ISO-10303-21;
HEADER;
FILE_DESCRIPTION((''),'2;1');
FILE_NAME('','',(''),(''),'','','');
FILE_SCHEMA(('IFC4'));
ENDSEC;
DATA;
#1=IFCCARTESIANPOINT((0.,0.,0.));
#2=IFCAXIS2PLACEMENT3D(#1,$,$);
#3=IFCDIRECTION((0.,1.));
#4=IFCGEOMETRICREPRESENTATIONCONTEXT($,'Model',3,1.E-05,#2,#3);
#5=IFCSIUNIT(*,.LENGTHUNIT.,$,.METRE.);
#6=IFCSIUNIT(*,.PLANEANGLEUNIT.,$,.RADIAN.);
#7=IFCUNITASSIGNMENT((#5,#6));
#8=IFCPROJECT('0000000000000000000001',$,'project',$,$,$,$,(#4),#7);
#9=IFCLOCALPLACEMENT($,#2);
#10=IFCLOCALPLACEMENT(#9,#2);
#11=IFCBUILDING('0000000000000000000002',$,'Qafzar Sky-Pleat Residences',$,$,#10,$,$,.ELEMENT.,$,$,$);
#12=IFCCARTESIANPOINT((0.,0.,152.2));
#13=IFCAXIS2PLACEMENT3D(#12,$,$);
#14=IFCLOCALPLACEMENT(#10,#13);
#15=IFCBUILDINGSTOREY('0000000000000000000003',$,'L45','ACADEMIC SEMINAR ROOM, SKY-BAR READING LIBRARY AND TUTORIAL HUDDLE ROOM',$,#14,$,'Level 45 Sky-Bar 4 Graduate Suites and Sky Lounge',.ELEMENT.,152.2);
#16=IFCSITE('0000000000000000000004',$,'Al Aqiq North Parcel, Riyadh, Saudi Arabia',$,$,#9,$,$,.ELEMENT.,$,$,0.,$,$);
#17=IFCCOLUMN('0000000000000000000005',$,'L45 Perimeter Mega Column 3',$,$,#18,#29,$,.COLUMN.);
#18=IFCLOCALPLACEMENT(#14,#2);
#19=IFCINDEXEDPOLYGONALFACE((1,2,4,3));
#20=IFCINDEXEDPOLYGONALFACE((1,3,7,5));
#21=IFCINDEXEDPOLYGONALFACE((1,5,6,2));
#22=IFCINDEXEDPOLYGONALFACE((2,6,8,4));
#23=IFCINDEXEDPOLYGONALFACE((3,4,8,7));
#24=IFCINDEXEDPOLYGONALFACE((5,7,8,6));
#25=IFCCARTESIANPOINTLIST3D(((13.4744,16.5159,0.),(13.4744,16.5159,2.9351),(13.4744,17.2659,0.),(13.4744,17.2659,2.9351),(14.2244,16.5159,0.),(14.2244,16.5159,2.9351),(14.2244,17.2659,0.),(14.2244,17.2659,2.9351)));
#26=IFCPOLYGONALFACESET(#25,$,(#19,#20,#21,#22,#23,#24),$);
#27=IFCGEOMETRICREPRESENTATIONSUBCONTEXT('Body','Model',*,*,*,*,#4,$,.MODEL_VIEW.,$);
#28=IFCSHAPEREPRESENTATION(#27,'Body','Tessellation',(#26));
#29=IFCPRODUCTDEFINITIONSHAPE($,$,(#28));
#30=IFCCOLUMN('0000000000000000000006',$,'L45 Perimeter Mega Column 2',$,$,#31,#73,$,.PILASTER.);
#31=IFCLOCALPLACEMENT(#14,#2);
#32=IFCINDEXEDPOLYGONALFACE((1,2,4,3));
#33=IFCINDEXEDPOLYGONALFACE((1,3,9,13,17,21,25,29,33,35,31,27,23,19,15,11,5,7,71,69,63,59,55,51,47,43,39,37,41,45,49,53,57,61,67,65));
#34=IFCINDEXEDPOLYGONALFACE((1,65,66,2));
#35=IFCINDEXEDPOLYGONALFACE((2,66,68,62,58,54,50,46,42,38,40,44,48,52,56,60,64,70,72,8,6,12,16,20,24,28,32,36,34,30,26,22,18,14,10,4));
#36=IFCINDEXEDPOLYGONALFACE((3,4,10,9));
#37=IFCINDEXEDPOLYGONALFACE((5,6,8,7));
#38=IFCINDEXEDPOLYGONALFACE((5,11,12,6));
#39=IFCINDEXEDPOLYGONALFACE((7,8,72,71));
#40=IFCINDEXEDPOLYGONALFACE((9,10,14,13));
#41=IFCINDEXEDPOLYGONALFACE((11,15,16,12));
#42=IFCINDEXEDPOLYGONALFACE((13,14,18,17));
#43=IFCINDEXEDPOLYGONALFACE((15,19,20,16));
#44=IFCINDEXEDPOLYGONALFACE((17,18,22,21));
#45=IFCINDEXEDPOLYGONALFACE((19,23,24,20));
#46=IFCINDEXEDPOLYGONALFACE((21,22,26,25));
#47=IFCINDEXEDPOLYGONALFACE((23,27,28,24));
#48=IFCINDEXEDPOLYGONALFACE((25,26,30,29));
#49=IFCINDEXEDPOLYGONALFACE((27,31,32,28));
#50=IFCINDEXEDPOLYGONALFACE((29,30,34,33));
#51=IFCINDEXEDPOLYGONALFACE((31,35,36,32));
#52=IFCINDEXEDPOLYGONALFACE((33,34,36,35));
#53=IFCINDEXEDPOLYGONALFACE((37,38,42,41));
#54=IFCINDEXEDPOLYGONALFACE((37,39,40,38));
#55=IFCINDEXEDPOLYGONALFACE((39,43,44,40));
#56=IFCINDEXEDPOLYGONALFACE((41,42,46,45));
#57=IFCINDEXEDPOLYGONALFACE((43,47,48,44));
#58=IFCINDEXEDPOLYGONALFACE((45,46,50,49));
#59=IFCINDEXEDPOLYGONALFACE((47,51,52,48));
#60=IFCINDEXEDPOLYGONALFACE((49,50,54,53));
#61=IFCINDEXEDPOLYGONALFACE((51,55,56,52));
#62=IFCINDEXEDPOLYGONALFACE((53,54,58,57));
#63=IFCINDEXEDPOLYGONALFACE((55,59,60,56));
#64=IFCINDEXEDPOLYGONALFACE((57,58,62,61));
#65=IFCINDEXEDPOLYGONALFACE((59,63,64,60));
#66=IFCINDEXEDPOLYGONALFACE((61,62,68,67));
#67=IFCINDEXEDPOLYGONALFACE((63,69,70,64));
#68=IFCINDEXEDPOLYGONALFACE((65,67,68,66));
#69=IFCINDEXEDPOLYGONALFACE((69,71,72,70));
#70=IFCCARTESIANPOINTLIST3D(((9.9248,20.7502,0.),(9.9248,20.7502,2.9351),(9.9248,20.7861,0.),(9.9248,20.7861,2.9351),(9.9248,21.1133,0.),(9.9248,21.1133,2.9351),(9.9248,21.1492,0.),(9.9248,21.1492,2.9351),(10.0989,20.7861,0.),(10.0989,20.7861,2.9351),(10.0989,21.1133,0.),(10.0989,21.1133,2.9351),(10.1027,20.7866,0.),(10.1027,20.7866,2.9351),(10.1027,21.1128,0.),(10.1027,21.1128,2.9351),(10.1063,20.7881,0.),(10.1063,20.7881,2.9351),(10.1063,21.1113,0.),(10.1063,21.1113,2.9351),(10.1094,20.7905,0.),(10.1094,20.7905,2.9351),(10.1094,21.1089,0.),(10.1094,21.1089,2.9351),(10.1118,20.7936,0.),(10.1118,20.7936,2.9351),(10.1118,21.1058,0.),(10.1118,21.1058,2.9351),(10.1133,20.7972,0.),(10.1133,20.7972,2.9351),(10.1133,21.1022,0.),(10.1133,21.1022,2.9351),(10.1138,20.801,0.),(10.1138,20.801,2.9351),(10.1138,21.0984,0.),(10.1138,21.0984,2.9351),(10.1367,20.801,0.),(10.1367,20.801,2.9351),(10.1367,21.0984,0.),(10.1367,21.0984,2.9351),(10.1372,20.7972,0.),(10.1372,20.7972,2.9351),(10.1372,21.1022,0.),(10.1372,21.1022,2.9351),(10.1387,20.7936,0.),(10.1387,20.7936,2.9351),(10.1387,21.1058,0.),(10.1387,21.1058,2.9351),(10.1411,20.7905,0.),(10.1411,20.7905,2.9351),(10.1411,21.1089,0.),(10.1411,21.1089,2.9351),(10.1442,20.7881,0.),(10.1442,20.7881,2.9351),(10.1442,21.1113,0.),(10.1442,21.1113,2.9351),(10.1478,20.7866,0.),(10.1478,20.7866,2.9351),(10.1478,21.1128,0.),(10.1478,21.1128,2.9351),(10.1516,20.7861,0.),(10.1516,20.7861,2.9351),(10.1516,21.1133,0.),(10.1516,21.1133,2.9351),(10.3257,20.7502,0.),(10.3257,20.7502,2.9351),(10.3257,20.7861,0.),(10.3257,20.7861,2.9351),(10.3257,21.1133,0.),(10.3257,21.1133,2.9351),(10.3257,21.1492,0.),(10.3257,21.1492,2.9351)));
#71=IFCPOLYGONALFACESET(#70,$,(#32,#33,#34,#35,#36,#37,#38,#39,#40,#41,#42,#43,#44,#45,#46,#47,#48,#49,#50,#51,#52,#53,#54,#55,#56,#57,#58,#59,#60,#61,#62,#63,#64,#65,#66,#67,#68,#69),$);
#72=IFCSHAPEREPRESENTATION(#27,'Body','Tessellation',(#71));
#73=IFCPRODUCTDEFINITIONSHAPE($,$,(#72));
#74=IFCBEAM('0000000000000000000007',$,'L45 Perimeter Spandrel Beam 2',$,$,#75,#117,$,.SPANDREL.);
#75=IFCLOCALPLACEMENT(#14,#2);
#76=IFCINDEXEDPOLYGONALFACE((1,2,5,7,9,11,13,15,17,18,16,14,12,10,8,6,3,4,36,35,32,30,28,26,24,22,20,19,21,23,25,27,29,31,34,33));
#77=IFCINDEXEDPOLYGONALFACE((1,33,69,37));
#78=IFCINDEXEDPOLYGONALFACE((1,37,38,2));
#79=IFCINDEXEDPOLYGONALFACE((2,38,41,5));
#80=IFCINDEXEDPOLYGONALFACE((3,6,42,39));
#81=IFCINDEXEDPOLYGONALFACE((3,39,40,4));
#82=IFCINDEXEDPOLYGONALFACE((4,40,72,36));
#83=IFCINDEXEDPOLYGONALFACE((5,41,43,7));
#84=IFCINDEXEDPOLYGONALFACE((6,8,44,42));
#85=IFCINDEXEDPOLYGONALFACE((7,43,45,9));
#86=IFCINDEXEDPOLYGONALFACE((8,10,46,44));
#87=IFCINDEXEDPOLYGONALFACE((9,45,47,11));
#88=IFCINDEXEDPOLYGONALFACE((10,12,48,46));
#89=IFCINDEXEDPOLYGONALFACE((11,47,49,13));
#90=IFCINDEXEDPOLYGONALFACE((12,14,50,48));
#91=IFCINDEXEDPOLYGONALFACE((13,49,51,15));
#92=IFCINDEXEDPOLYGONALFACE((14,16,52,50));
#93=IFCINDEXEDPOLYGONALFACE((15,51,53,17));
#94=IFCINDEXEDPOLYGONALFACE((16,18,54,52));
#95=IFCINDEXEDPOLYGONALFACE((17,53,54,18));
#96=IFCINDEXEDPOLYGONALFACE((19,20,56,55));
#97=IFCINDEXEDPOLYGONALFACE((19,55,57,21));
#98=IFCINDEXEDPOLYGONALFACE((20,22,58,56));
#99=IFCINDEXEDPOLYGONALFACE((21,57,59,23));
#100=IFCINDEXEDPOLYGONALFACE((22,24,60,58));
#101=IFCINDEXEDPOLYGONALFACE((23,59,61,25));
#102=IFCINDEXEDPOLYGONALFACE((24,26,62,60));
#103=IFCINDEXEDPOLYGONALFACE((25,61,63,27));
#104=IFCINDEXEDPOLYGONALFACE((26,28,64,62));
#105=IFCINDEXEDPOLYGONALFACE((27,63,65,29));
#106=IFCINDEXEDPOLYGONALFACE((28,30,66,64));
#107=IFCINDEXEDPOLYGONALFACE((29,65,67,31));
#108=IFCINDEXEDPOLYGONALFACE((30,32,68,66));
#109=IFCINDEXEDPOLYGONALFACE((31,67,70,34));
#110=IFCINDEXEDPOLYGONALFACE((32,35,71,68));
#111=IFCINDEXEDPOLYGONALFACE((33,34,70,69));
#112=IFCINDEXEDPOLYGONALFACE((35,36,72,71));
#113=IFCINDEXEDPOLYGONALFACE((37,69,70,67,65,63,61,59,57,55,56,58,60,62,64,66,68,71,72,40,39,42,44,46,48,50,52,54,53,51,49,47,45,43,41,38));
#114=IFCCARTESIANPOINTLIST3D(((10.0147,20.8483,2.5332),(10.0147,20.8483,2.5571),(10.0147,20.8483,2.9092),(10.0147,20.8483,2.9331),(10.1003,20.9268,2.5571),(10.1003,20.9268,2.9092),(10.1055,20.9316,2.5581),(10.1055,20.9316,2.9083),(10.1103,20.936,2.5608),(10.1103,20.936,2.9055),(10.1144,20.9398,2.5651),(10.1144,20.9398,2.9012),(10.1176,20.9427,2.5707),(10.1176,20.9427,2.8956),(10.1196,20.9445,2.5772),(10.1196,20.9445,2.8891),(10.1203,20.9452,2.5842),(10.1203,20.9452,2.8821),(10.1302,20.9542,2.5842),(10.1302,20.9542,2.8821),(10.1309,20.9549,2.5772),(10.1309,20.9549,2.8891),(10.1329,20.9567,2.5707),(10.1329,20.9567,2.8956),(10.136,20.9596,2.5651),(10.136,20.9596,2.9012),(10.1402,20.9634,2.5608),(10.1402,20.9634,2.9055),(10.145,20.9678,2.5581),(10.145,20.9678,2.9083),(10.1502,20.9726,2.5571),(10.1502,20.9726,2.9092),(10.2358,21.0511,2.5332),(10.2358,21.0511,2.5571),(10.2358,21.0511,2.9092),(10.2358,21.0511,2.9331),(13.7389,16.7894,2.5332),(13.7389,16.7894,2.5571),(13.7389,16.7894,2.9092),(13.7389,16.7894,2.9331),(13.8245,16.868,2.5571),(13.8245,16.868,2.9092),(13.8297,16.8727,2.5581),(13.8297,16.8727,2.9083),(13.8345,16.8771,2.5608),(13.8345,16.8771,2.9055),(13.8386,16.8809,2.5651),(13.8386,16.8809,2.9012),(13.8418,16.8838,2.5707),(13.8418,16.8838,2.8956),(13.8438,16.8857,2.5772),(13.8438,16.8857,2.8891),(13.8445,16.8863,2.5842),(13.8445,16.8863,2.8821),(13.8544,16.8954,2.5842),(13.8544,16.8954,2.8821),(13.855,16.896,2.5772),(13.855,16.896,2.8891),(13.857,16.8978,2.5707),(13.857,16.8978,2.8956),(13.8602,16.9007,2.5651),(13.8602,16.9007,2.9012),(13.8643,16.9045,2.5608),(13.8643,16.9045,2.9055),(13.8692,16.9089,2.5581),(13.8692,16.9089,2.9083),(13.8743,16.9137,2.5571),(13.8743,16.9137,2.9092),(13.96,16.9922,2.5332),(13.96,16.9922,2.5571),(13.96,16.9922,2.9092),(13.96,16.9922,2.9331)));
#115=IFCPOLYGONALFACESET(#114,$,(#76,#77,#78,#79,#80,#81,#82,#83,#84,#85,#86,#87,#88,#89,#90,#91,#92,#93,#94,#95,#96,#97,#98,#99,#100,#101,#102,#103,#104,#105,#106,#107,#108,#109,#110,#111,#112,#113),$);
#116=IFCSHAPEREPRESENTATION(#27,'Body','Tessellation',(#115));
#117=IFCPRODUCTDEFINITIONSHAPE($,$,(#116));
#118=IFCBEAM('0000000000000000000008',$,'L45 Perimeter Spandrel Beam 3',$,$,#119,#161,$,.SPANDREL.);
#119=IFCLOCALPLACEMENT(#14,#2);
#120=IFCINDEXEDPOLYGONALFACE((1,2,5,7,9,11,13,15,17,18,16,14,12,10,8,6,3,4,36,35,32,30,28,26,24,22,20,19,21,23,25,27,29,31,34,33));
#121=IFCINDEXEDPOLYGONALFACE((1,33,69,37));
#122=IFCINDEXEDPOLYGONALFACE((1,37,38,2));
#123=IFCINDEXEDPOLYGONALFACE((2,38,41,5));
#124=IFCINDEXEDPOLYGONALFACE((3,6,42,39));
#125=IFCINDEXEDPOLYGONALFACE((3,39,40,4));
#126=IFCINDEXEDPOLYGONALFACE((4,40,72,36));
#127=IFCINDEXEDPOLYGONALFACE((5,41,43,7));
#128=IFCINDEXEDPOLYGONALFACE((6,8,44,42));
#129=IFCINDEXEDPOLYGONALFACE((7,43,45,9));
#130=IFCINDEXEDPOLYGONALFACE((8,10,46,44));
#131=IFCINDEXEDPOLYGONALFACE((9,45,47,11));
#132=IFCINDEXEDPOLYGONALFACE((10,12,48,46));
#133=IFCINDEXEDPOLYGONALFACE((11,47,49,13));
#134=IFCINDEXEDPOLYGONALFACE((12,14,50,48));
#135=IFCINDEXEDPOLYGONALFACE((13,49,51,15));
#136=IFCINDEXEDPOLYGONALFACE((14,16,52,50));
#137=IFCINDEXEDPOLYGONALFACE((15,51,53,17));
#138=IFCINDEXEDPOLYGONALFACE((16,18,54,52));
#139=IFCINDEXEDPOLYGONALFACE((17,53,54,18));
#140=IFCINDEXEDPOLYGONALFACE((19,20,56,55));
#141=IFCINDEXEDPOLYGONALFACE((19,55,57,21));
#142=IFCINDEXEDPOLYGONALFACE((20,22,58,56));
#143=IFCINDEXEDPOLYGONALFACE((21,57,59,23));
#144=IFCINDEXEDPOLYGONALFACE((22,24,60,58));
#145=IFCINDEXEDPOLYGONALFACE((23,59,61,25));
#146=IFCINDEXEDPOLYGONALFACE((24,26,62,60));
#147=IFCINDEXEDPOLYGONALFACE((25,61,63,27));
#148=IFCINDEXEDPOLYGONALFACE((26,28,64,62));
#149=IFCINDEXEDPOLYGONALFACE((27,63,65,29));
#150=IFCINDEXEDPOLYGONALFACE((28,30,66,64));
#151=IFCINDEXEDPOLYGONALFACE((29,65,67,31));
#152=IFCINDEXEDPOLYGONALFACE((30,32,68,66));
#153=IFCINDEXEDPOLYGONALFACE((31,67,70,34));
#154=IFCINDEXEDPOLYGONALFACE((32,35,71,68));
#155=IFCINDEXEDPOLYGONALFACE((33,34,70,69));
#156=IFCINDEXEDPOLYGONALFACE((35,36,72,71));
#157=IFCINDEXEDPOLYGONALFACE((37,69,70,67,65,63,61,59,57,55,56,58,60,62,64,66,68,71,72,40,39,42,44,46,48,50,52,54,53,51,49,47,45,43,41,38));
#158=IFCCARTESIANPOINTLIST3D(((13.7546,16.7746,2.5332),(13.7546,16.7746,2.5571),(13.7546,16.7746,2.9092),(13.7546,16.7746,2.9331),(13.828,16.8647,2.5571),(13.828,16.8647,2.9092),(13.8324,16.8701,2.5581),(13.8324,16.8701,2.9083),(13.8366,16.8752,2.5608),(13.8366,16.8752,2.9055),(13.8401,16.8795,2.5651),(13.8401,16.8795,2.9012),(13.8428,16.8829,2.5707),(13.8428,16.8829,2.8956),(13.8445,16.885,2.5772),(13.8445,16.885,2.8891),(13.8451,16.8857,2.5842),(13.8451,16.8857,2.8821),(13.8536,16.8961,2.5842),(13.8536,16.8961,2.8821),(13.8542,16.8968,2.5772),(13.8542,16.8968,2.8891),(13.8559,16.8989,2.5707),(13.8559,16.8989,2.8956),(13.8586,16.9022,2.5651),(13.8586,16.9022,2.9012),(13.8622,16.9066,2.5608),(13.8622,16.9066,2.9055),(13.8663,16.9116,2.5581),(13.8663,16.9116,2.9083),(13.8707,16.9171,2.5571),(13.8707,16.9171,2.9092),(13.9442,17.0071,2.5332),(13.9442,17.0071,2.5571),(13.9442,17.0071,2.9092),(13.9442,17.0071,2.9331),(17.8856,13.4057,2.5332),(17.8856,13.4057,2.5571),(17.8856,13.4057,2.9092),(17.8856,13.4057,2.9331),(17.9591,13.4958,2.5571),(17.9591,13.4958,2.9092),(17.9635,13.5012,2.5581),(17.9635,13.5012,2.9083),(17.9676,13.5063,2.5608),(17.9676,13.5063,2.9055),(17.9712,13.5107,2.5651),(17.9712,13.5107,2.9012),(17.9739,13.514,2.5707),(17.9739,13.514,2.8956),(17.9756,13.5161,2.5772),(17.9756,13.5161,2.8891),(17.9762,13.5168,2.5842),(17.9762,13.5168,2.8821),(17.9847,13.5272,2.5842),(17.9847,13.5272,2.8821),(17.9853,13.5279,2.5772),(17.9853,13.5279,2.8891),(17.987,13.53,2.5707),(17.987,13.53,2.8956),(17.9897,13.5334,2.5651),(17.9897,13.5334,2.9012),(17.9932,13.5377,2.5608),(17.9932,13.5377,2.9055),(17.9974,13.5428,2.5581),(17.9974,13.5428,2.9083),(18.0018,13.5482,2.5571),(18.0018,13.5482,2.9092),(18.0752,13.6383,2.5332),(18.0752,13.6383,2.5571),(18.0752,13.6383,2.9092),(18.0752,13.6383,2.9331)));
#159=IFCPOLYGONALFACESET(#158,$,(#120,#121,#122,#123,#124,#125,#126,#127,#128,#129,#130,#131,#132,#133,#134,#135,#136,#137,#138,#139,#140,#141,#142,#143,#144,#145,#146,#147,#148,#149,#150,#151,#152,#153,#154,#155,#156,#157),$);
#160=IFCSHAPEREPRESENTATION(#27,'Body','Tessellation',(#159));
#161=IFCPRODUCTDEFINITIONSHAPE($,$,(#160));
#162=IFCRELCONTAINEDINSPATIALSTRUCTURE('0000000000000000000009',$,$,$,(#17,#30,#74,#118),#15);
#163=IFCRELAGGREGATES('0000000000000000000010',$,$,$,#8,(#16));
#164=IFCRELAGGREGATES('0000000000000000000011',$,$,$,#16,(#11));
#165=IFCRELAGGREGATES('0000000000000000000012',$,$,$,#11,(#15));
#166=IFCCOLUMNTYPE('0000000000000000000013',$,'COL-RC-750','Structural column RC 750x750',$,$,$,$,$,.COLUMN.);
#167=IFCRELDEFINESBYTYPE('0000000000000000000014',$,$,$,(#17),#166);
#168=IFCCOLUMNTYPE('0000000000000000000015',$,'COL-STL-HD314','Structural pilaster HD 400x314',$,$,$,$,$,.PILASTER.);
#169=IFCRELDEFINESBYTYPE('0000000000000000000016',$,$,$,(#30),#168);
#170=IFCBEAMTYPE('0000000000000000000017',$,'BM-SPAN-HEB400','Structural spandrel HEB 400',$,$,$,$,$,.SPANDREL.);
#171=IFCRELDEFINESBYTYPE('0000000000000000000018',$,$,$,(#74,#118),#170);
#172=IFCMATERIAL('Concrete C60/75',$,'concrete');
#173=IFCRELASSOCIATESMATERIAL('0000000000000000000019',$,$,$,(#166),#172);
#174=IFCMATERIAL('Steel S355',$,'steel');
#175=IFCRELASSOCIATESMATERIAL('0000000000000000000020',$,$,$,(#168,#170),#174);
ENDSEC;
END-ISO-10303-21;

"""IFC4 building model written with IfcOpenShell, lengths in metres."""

from ifc_helpers import new_model, si_unit, direction, frame, origin, origin_2d, place, context, subcontext, project, spatial, rectangle, i_section, extrude, source, transform, mapped, material, material_profile, profile_set, type_object, element, save


model = new_model("IFC4")

# Units and contexts
model_context = context("Model", 3, precision=1e-05, world=origin(), true_north=direction((0.0, 1.0)))
body_context = subcontext(model_context, "Body", "Model", "MODEL_VIEW")
ifc_project = project(units=[si_unit("LENGTHUNIT", "METRE"), si_unit("PLANEANGLEUNIT", "RADIAN")], contexts=[model_context])

# Site, building, storey
site_placement = place(None, origin())
site = spatial("IfcSite", under=ifc_project, at=site_placement, Name="Al Aqiq North Parcel, Riyadh, Saudi Arabia", CompositionType="ELEMENT", RefElevation=0.0)
building_placement = place(site_placement, origin())
building = spatial("IfcBuilding", under=site, at=building_placement, Name="Qafzar Sky-Pleat Residences", CompositionType="ELEMENT")
storey_placement = place(building_placement, frame((0.0, 0.0, 152.2)))
storey = spatial("IfcBuildingStorey", under=building, at=storey_placement, Name="L45", Description="ACADEMIC SEMINAR ROOM, SKY-BAR READING LIBRARY AND TUTORIAL HUDDLE ROOM", LongName="Level 45 Sky-Bar 4 Graduate Suites and Sky Lounge", CompositionType="ELEMENT", Elevation=152.2)

# Columns
ifc_material_1 = material(Name="Concrete C60/75", Category="concrete")
ifc_material_profile_1 = material_profile(ifc_material_1, rectangle(XDim=0.75, YDim=0.75, at=origin_2d()), Name="RC 750x750")
ifc_profile_set_1 = profile_set([ifc_material_profile_1], Name="Concrete C60/75")
column_type_1 = type_object("IfcColumnType", Name="COL-RC-750", Description="Structural column RC 750x750", PredefinedType="COLUMN", material=ifc_profile_set_1)
shared_shape_1 = source(origin(), body_context, "Body", "SweptSolid", [
    extrude(rectangle(XDim=0.75, YDim=0.75, at=origin_2d()), origin(), (0.0, 0.0, 1.0), 2.9351),
])
column_1_placement = place(storey_placement, frame((13.8494, 16.8909, 0.0), z_axis=(0.0, 0.0, 1.0), x_axis=(1.0, 0.0, 0.0)))
element("IfcColumn", 1, at=column_1_placement, inside=storey, type_object=column_type_1, Name="L45 Perimeter Mega Column 3", PredefinedType="COLUMN", context=body_context, shape_type="MappedRepresentation", body=[
    mapped(shared_shape_1, transform((0.0, 0.0, 0.0), x_axis=(1.0, 0.0, 0.0), y_axis=(0.0, 1.0, 0.0), z_axis=(0.0, 0.0, 1.0), scale=1.0)),
])
ifc_material_2 = material(Name="Steel S355", Category="steel")
ifc_material_profile_2 = material_profile(ifc_material_2, i_section(OverallWidth=0.4009, OverallDepth=0.3989, WebThickness=0.0229, FlangeThickness=0.0359, FilletRadius=0.0149, at=origin_2d()), Name="HD 400x314")
ifc_profile_set_2 = profile_set([ifc_material_profile_2], Name="Steel S355")
column_type_2 = type_object("IfcColumnType", Name="COL-STL-HD314", Description="Structural pilaster HD 400x314", PredefinedType="PILASTER", material=ifc_profile_set_2)
shared_shape_2 = source(origin(), body_context, "Body", "SweptSolid", [
    extrude(i_section(OverallWidth=0.4009, OverallDepth=0.3989, WebThickness=0.0229, FlangeThickness=0.0359, FilletRadius=0.0149, at=origin_2d()), origin(), (0.0, 0.0, 1.0), 2.9351),
])
column_2_placement = place(storey_placement, frame((10.1252, 20.9497, 0.0), z_axis=(0.0, 0.0, 1.0), x_axis=(1.0, 0.0, 0.0)))
element("IfcColumn", 2, at=column_2_placement, inside=storey, type_object=column_type_2, Name="L45 Perimeter Mega Column 2", PredefinedType="PILASTER", context=body_context, shape_type="MappedRepresentation", body=[
    mapped(shared_shape_2, transform((0.0, 0.0, 0.0), x_axis=(1.0, 0.0, 0.0), y_axis=(0.0, 1.0, 0.0), z_axis=(0.0, 0.0, 1.0), scale=1.0)),
])

# Beams
ifc_material_profile_3 = material_profile(ifc_material_2, i_section(OverallWidth=0.3, OverallDepth=0.3999, WebThickness=0.0134, FlangeThickness=0.0239, FilletRadius=0.0271, at=origin_2d()), Name="HEB 400")
ifc_profile_set_3 = profile_set([ifc_material_profile_3], Name="Steel S355")
beam_type_1 = type_object("IfcBeamType", Name="BM-SPAN-HEB400", Description="Structural spandrel HEB 400", PredefinedType="SPANDREL", material=ifc_profile_set_3)
shared_shape_3 = source(origin(), body_context, "Body", "SweptSolid", [
    extrude(i_section(OverallWidth=0.3, OverallDepth=0.3999, WebThickness=0.0134, FlangeThickness=0.0239, FilletRadius=0.0271, at=origin_2d()), origin(), (0.0, 0.0, 1.0), 5.5085),
])
beam_1_placement = place(storey_placement, frame((10.1252, 20.9497, 2.7332), z_axis=(0.676072, -0.736836, 0.0), x_axis=(0.736836, 0.676072, 0.0)))
element("IfcBeam", 3, at=beam_1_placement, inside=storey, type_object=beam_type_1, Name="L45 Perimeter Spandrel Beam 2", PredefinedType="SPANDREL", context=body_context, shape_type="MappedRepresentation", body=[
    mapped(shared_shape_3, transform((0.0, 0.0, 0.0), x_axis=(1.0, 0.0, 0.0), y_axis=(0.0, 1.0, 0.0), z_axis=(0.0, 0.0, 1.0), scale=1.0)),
])
shared_shape_4 = source(origin(), body_context, "Body", "SweptSolid", [
    extrude(i_section(OverallWidth=0.3, OverallDepth=0.3999, WebThickness=0.0134, FlangeThickness=0.0239, FilletRadius=0.0271, at=origin_2d()), origin(), (0.0, 0.0, 1.0), 5.3306),
])
beam_2_placement = place(storey_placement, frame((13.8494, 16.8909, 2.7332), z_axis=(0.774977, -0.63199, 0.0), x_axis=(0.63199, 0.774977, 0.0)))
element("IfcBeam", 4, at=beam_2_placement, inside=storey, type_object=beam_type_1, Name="L45 Perimeter Spandrel Beam 3", PredefinedType="SPANDREL", context=body_context, shape_type="MappedRepresentation", body=[
    mapped(shared_shape_4, transform((0.0, 0.0, 0.0), x_axis=(1.0, 0.0, 0.0), y_axis=(0.0, 1.0, 0.0), z_axis=(0.0, 0.0, 1.0), scale=1.0)),
])

save(model, "model.ifc")
